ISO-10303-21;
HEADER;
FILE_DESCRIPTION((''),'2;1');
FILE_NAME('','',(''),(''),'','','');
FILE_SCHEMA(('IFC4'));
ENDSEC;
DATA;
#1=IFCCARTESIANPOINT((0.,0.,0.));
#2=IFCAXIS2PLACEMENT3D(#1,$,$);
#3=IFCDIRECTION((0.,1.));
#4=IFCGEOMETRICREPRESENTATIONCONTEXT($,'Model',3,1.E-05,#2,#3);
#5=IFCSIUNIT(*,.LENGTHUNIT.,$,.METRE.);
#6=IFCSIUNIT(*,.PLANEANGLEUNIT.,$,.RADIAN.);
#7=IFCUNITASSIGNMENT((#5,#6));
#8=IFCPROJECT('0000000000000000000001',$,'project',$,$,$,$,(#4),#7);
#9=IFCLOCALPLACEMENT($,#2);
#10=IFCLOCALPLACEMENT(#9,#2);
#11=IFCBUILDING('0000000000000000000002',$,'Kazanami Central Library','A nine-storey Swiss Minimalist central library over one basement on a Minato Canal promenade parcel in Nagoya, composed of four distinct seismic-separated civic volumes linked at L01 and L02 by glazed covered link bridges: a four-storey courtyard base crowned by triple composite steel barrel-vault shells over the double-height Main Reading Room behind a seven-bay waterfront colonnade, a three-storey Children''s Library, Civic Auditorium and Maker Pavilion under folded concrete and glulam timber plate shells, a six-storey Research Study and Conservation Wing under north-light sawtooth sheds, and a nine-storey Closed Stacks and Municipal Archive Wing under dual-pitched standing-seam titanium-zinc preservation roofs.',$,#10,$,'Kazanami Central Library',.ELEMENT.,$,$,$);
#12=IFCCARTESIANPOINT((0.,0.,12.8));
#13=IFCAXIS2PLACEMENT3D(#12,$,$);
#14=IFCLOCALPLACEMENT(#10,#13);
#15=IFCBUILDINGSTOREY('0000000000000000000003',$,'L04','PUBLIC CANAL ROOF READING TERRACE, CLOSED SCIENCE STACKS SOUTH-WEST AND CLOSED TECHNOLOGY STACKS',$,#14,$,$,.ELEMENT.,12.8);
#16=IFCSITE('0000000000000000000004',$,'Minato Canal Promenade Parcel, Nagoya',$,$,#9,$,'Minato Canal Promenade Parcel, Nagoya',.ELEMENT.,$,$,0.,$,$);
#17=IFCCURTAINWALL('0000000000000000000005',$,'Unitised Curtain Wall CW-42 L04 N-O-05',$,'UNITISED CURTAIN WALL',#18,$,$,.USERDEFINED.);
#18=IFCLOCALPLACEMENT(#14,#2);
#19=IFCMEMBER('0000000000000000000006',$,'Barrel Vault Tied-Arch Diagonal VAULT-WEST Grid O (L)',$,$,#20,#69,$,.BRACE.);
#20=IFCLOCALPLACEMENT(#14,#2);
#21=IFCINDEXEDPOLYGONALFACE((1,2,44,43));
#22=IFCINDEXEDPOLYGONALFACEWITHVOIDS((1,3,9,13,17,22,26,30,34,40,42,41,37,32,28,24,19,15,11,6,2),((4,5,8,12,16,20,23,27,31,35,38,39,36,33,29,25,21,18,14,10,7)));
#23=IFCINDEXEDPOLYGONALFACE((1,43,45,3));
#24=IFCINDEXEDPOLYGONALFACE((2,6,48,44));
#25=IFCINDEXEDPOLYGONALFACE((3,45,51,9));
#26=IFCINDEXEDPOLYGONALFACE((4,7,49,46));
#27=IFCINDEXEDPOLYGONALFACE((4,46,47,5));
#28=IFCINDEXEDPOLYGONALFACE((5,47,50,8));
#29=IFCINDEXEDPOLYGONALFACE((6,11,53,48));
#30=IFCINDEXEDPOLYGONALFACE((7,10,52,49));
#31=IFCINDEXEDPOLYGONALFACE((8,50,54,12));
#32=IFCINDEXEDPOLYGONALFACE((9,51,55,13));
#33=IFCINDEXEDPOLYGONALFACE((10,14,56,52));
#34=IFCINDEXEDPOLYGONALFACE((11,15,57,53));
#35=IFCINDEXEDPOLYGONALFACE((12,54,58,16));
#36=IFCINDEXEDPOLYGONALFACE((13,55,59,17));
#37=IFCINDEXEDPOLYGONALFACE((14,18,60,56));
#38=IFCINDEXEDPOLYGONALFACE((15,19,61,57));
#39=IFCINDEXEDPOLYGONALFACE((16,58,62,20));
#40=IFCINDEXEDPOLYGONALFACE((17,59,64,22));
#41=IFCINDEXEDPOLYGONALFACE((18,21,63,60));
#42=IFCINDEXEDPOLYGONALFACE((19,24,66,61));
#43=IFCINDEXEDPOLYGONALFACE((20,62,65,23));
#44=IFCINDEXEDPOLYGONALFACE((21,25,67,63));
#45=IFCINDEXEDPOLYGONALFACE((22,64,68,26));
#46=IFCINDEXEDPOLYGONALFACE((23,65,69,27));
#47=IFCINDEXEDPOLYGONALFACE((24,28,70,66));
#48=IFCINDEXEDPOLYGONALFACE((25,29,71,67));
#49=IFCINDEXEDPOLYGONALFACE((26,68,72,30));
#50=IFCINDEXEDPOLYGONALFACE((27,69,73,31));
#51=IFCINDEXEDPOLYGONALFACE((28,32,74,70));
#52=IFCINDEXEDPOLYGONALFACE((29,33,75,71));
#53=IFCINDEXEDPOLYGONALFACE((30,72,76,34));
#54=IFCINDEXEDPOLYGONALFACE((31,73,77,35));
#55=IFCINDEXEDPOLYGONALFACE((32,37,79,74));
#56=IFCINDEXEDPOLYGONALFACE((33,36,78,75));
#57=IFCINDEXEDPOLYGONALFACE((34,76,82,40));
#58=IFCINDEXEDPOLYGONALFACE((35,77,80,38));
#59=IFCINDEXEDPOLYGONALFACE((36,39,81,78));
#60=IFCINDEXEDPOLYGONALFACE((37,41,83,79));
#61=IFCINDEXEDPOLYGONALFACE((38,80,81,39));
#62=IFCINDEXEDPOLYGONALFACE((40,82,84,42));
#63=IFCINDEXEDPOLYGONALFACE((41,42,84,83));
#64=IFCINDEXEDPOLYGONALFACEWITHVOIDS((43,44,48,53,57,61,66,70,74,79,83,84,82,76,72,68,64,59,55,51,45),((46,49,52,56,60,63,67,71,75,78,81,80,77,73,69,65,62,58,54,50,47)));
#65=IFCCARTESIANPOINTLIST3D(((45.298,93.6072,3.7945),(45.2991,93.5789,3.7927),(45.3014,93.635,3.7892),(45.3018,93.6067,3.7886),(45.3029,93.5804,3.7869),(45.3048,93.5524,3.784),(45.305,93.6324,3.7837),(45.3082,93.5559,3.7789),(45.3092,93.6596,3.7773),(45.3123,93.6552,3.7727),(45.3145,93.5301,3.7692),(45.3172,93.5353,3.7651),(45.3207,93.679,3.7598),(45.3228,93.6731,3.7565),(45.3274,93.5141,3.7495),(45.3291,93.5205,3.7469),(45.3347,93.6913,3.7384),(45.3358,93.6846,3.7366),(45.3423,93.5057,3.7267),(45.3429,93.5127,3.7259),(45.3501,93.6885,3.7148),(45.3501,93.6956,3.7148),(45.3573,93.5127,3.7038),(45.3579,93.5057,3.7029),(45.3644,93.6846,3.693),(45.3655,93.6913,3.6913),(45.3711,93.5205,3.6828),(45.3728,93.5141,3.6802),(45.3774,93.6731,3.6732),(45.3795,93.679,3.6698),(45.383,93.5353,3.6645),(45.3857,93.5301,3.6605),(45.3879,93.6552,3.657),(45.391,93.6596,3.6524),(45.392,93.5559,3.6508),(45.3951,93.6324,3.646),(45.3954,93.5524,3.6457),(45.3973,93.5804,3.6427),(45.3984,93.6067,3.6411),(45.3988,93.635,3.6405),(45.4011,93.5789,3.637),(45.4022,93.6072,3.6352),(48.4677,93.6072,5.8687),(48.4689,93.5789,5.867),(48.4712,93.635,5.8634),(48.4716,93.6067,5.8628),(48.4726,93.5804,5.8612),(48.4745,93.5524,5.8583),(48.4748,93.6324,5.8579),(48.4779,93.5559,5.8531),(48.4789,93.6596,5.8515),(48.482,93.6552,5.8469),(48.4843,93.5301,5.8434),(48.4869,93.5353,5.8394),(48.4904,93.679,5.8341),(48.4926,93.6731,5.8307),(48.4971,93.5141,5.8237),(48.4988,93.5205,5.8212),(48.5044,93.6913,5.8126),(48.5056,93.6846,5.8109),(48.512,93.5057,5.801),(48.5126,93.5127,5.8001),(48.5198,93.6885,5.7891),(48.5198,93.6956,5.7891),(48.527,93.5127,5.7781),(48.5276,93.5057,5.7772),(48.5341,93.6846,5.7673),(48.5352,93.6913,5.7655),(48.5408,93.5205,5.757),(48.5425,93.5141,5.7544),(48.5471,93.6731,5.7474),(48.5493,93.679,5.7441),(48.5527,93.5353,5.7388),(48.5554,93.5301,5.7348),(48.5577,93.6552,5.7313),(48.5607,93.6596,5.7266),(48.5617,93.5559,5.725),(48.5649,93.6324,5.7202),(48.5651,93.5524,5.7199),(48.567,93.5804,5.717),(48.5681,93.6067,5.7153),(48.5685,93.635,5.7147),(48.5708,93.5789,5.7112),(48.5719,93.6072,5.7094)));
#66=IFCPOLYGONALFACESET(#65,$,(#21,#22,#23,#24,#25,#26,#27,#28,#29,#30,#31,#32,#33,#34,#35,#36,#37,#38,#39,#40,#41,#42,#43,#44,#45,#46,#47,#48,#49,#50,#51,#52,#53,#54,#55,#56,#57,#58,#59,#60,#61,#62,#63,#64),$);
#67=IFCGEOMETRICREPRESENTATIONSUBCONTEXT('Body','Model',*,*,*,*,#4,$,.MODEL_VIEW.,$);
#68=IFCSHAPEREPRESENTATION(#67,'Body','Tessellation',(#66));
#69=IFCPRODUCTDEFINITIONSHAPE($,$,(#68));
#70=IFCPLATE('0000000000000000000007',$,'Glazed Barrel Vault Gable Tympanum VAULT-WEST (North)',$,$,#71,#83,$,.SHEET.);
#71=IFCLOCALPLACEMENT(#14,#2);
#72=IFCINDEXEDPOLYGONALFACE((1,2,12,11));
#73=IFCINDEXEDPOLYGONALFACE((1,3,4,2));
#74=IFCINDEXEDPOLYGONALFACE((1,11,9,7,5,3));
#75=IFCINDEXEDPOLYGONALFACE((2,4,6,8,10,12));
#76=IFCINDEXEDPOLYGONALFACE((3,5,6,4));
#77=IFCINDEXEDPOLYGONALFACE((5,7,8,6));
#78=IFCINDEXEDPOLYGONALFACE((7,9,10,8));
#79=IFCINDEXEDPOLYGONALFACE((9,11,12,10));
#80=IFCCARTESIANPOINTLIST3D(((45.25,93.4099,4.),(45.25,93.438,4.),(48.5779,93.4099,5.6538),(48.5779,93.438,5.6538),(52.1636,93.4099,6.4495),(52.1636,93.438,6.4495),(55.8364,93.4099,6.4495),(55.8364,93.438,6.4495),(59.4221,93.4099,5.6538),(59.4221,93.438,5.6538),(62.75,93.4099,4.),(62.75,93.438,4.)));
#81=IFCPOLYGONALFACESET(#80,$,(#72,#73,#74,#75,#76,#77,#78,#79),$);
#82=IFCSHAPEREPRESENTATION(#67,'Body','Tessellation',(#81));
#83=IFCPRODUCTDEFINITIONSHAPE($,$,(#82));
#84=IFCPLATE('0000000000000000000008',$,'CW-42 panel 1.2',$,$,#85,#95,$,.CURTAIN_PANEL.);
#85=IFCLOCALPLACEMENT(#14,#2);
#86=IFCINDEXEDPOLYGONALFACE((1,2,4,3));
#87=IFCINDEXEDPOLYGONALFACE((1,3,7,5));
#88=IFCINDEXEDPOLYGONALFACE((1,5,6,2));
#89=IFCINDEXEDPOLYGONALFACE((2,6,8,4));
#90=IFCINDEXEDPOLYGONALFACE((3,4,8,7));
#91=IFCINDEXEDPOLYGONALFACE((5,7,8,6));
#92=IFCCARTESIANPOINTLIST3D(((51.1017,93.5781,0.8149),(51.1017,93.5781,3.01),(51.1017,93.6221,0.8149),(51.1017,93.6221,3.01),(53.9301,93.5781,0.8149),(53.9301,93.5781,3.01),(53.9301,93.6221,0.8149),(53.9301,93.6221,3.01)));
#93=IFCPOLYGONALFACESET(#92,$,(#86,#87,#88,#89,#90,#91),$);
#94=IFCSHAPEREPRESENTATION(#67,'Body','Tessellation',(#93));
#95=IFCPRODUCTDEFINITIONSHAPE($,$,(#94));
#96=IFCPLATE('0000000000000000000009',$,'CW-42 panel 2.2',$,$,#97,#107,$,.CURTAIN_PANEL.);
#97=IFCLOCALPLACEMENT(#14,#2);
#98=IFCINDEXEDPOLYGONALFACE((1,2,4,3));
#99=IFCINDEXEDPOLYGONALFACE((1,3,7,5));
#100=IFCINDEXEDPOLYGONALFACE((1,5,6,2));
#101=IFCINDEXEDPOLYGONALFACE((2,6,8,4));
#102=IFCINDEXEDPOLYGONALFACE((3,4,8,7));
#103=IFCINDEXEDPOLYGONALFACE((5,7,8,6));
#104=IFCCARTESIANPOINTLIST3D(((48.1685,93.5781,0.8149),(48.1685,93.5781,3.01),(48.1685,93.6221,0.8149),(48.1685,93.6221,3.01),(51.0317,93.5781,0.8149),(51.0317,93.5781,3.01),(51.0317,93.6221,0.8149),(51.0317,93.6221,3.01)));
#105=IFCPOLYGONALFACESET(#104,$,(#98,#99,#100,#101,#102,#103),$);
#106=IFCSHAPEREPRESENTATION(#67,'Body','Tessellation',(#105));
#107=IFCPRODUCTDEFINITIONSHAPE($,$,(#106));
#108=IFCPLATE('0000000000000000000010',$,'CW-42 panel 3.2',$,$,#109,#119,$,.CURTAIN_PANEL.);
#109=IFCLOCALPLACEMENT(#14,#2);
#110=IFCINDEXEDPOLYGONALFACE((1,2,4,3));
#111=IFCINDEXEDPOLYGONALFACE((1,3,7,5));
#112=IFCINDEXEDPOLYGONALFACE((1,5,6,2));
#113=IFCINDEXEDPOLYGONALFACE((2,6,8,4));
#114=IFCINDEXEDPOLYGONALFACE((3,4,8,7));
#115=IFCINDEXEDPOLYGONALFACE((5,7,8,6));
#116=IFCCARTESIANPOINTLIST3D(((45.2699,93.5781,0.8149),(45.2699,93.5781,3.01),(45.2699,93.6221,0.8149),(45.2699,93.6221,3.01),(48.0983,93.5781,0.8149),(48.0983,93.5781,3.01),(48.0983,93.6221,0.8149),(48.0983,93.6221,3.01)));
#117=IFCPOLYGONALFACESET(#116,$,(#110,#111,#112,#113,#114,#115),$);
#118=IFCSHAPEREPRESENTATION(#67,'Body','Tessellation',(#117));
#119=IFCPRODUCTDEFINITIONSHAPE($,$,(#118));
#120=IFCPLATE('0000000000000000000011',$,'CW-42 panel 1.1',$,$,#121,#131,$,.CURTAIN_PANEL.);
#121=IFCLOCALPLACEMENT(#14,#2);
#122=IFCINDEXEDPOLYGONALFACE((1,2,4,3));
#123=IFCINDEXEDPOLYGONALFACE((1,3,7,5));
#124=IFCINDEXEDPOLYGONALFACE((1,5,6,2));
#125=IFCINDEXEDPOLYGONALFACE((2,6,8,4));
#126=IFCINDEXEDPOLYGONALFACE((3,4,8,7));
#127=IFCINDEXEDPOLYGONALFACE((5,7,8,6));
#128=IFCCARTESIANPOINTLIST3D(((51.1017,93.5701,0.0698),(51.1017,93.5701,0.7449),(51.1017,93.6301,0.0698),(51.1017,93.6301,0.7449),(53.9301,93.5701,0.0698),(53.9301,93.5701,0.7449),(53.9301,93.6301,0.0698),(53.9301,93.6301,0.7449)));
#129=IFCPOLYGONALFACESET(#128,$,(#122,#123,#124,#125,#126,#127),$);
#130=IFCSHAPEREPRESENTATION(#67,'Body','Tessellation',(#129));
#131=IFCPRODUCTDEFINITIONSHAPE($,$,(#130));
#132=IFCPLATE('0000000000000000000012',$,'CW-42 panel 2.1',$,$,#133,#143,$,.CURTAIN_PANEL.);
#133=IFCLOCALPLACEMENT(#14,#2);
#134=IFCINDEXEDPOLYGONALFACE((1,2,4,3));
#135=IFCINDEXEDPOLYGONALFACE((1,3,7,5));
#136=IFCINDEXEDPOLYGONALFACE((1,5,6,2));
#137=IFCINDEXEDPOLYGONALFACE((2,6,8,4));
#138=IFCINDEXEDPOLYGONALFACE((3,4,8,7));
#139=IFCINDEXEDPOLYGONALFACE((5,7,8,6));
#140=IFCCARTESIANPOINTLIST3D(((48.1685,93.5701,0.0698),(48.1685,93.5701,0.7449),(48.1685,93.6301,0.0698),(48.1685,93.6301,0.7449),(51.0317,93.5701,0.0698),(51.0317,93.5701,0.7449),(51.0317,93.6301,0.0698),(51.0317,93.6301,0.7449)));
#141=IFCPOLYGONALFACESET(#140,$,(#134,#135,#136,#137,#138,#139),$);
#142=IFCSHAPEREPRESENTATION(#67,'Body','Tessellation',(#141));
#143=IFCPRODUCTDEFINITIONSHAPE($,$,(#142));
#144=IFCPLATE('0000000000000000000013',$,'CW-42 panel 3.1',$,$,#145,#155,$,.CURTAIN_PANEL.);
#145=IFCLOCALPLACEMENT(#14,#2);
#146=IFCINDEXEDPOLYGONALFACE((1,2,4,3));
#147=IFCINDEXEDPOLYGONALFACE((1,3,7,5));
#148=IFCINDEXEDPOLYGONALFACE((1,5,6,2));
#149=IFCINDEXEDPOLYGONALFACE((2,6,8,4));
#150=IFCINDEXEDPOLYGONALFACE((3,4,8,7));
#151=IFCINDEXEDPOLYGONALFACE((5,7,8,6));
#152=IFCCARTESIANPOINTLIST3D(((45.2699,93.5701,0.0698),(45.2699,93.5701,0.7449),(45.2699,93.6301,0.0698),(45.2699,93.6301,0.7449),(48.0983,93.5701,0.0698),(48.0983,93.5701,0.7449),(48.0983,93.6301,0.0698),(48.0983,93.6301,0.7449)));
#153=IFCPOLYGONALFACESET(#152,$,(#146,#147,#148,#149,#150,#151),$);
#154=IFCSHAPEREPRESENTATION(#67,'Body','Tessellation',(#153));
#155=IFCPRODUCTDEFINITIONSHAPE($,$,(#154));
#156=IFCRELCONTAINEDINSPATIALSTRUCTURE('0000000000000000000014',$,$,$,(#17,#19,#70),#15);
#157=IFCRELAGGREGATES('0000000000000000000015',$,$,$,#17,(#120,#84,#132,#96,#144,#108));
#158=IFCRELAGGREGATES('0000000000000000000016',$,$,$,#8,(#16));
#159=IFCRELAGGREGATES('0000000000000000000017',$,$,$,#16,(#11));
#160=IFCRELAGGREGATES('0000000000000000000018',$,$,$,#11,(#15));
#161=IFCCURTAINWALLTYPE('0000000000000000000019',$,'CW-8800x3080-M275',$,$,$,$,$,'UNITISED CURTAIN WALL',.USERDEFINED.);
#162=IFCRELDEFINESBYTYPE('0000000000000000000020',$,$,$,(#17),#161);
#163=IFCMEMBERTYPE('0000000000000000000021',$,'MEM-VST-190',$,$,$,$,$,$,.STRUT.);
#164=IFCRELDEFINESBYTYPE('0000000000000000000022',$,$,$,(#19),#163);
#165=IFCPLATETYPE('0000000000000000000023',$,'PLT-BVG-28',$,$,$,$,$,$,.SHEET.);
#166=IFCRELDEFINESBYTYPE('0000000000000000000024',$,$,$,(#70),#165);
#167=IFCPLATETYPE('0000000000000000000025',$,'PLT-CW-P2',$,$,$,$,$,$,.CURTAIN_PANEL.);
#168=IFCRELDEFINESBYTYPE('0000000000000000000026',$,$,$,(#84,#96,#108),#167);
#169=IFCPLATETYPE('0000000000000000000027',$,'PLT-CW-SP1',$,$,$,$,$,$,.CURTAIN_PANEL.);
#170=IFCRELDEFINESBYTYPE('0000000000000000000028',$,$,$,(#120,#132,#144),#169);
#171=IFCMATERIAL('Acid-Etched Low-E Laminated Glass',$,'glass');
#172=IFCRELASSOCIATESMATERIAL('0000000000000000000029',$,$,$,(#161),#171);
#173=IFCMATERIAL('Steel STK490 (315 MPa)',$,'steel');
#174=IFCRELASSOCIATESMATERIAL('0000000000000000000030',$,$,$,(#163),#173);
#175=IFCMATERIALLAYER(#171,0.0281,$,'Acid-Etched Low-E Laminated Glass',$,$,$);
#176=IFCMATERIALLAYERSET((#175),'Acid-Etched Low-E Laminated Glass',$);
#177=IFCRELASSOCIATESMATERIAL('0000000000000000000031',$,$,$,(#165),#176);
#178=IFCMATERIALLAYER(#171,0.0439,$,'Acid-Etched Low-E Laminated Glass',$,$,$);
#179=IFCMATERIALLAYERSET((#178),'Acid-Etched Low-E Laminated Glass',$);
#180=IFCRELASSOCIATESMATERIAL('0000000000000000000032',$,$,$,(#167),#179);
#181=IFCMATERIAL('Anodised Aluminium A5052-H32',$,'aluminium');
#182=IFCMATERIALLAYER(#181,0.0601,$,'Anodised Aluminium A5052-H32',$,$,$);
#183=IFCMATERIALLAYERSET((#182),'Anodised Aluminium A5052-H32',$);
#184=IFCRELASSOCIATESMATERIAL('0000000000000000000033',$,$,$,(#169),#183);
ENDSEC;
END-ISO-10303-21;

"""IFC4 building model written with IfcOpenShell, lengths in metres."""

from ifc_helpers import new_model, si_unit, direction, frame, origin, origin_2d, place, context, subcontext, project, spatial, polyline, rectangle, hollow_circle, outline, extrude, material, layer, layer_set, material_profile, profile_set, type_object, element, aggregate, save


model = new_model("IFC4")

# Units and contexts
model_context = context("Model", 3, precision=1e-05, world=origin(), true_north=direction((0.0, 1.0)))
body_context = subcontext(model_context, "Body", "Model", "MODEL_VIEW")
ifc_project = project(units=[si_unit("LENGTHUNIT", "METRE"), si_unit("PLANEANGLEUNIT", "RADIAN")], contexts=[model_context])

# Site, building, storey
site_placement = place(None, origin())
site = spatial("IfcSite", under=ifc_project, at=site_placement, Name="Minato Canal Promenade Parcel, Nagoya", LongName="Minato Canal Promenade Parcel, Nagoya", CompositionType="ELEMENT", RefElevation=0.0)
building_placement = place(site_placement, origin())
building = spatial("IfcBuilding", under=site, at=building_placement, Name="Kazanami Central Library", Description="A nine-storey Swiss Minimalist central library over one basement on a Minato Canal promenade parcel in Nagoya, composed of four distinct seismic-separated civic volumes linked at L01 and L02 by glazed covered link bridges: a four-storey courtyard base crowned by triple composite steel barrel-vault shells over the double-height Main Reading Room behind a seven-bay waterfront colonnade, a three-storey Children's Library, Civic Auditorium and Maker Pavilion under folded concrete and glulam timber plate shells, a six-storey Research Study and Conservation Wing under north-light sawtooth sheds, and a nine-storey Closed Stacks and Municipal Archive Wing under dual-pitched standing-seam titanium-zinc preservation roofs.", LongName="Kazanami Central Library", CompositionType="ELEMENT")
storey_placement = place(building_placement, frame((0.0, 0.0, 12.8)))
storey = spatial("IfcBuildingStorey", under=building, at=storey_placement, Name="L04", Description="PUBLIC CANAL ROOF READING TERRACE, CLOSED SCIENCE STACKS SOUTH-WEST AND CLOSED TECHNOLOGY STACKS", CompositionType="ELEMENT", Elevation=12.8)

# Curtain wall
ifc_material_1 = material(Name="Acid-Etched Low-E Laminated Glass", Category="glass")
curtain_wall_type = type_object("IfcCurtainWallType", Name="CW-8800x3080-M275", ElementType="UNITISED CURTAIN WALL", PredefinedType="USERDEFINED", material=ifc_material_1)
curtain_wall_placement = place(storey_placement, origin())
curtain_wall = element("IfcCurtainWall", 1, at=curtain_wall_placement, inside=storey, type_object=curtain_wall_type, Name="Unitised Curtain Wall CW-42 L04 N-O-05", ObjectType="UNITISED CURTAIN WALL", PredefinedType="USERDEFINED")

# Member
ifc_material_2 = material(Name="Steel STK490 (315 MPa)", Category="steel")
ifc_material_profile_1 = material_profile(ifc_material_2, hollow_circle(Radius=0.0955, WallThickness=0.0071, at=origin_2d()), Name="CHS-190.7x7.0")
ifc_profile_set_1 = profile_set([ifc_material_profile_1], Name="Steel STK490 (315 MPa)")
member_type_1 = type_object("IfcMemberType", Name="MEM-VST-190", PredefinedType="STRUT", material=ifc_profile_set_1)
member_1_placement = place(storey_placement, frame((45.3501, 93.6001, 3.7148), z_axis=(0.83676, 0.0, 0.547571), x_axis=(0.0, 1.0, 0.0)))
element("IfcMember", 2, at=member_1_placement, inside=storey, type_object=member_type_1, Name="Barrel Vault Tied-Arch Diagonal VAULT-WEST Grid O (L)", PredefinedType="BRACE", context=body_context, shape_type="SweptSolid", body=[
    extrude(hollow_circle(Radius=0.0955, WallThickness=0.0071, at=origin_2d()), origin(), (0.0, 0.0, 1.0), 3.7881),
])

# Plates
ifc_layer_1 = layer(ifc_material_1, 0.0281, Name="Acid-Etched Low-E Laminated Glass")
ifc_layer_set_1 = layer_set([ifc_layer_1], Name="Acid-Etched Low-E Laminated Glass")
plate_type_1 = type_object("IfcPlateType", Name="PLT-BVG-28", PredefinedType="SHEET", material=ifc_layer_set_1)
plate_1_placement = place(storey_placement, frame((45.25, 93.4099, 4.0), z_axis=(0.0, -1.0, 0.0), x_axis=(1.0, 0.0, 0.0)))
element("IfcPlate", 3, at=plate_1_placement, inside=storey, type_object=plate_type_1, Name="Glazed Barrel Vault Gable Tympanum VAULT-WEST (North)", PredefinedType="SHEET", context=body_context, shape_type="SweptSolid", body=[
    extrude(outline(polyline([(0.0, 0.0), (17.5, 0.0), (14.1721, 1.6538), (10.5864, 2.4495), (6.9136, 2.4495), (3.3279, 1.6538), (0.0, 0.0)])), origin(), (0.0, 0.0, -1.0), 0.0281),
])
ifc_layer_2 = layer(ifc_material_1, 0.0439, Name="Acid-Etched Low-E Laminated Glass")
ifc_layer_set_2 = layer_set([ifc_layer_2], Name="Acid-Etched Low-E Laminated Glass")
plate_type_2 = type_object("IfcPlateType", Name="PLT-CW-P2", PredefinedType="CURTAIN_PANEL", material=ifc_layer_set_2)
plate_2_placement = place(storey_placement, frame((52.5159, 93.6001, 0.8149), z_axis=(0.0, 0.0, 1.0), x_axis=(-1.0, 0.0, 0.0)))
plate_2 = element("IfcPlate", 4, at=plate_2_placement, type_object=plate_type_2, Name="CW-42 panel 1.2", PredefinedType="CURTAIN_PANEL", context=body_context, shape_type="SweptSolid", body=[
    extrude(rectangle(XDim=2.8284, YDim=0.0439, at=origin_2d()), origin(), (0.0, 0.0, 1.0), 2.1951),
])
plate_3_placement = place(storey_placement, frame((49.6001, 93.6001, 0.8149), z_axis=(0.0, 0.0, 1.0), x_axis=(-1.0, 0.0, 0.0)))
plate_3 = element("IfcPlate", 5, at=plate_3_placement, type_object=plate_type_2, Name="CW-42 panel 2.2", PredefinedType="CURTAIN_PANEL", context=body_context, shape_type="SweptSolid", body=[
    extrude(rectangle(XDim=2.8633, YDim=0.0439, at=origin_2d()), origin(), (0.0, 0.0, 1.0), 2.1951),
])
plate_4_placement = place(storey_placement, frame((46.6841, 93.6001, 0.8149), z_axis=(0.0, 0.0, 1.0), x_axis=(-1.0, 0.0, 0.0)))
plate_4 = element("IfcPlate", 6, at=plate_4_placement, type_object=plate_type_2, Name="CW-42 panel 3.2", PredefinedType="CURTAIN_PANEL", context=body_context, shape_type="SweptSolid", body=[
    extrude(rectangle(XDim=2.8284, YDim=0.0439, at=origin_2d()), origin(), (0.0, 0.0, 1.0), 2.1951),
])
ifc_material_3 = material(Name="Anodised Aluminium A5052-H32", Category="aluminium")
ifc_layer_3 = layer(ifc_material_3, 0.0601, Name="Anodised Aluminium A5052-H32")
ifc_layer_set_3 = layer_set([ifc_layer_3], Name="Anodised Aluminium A5052-H32")
plate_type_3 = type_object("IfcPlateType", Name="PLT-CW-SP1", PredefinedType="CURTAIN_PANEL", material=ifc_layer_set_3)
plate_5_placement = place(storey_placement, frame((52.5159, 93.6001, 0.0698), z_axis=(0.0, 0.0, 1.0), x_axis=(-1.0, 0.0, 0.0)))
plate_5 = element("IfcPlate", 7, at=plate_5_placement, type_object=plate_type_3, Name="CW-42 panel 1.1", PredefinedType="CURTAIN_PANEL", context=body_context, shape_type="SweptSolid", body=[
    extrude(rectangle(XDim=2.8284, YDim=0.0601, at=origin_2d()), origin(), (0.0, 0.0, 1.0), 0.675),
])
plate_6_placement = place(storey_placement, frame((49.6001, 93.6001, 0.0698), z_axis=(0.0, 0.0, 1.0), x_axis=(-1.0, 0.0, 0.0)))
plate_6 = element("IfcPlate", 8, at=plate_6_placement, type_object=plate_type_3, Name="CW-42 panel 2.1", PredefinedType="CURTAIN_PANEL", context=body_context, shape_type="SweptSolid", body=[
    extrude(rectangle(XDim=2.8633, YDim=0.0601, at=origin_2d()), origin(), (0.0, 0.0, 1.0), 0.675),
])
plate_7_placement = place(storey_placement, frame((46.6841, 93.6001, 0.0698), z_axis=(0.0, 0.0, 1.0), x_axis=(-1.0, 0.0, 0.0)))
plate_7 = element("IfcPlate", 9, at=plate_7_placement, type_object=plate_type_3, Name="CW-42 panel 3.1", PredefinedType="CURTAIN_PANEL", context=body_context, shape_type="SweptSolid", body=[
    extrude(rectangle(XDim=2.8284, YDim=0.0601, at=origin_2d()), origin(), (0.0, 0.0, 1.0), 0.675),
])
aggregate(curtain_wall, [plate_5, plate_2, plate_6, plate_3, plate_7, plate_4])

save(model, "model.ifc")
